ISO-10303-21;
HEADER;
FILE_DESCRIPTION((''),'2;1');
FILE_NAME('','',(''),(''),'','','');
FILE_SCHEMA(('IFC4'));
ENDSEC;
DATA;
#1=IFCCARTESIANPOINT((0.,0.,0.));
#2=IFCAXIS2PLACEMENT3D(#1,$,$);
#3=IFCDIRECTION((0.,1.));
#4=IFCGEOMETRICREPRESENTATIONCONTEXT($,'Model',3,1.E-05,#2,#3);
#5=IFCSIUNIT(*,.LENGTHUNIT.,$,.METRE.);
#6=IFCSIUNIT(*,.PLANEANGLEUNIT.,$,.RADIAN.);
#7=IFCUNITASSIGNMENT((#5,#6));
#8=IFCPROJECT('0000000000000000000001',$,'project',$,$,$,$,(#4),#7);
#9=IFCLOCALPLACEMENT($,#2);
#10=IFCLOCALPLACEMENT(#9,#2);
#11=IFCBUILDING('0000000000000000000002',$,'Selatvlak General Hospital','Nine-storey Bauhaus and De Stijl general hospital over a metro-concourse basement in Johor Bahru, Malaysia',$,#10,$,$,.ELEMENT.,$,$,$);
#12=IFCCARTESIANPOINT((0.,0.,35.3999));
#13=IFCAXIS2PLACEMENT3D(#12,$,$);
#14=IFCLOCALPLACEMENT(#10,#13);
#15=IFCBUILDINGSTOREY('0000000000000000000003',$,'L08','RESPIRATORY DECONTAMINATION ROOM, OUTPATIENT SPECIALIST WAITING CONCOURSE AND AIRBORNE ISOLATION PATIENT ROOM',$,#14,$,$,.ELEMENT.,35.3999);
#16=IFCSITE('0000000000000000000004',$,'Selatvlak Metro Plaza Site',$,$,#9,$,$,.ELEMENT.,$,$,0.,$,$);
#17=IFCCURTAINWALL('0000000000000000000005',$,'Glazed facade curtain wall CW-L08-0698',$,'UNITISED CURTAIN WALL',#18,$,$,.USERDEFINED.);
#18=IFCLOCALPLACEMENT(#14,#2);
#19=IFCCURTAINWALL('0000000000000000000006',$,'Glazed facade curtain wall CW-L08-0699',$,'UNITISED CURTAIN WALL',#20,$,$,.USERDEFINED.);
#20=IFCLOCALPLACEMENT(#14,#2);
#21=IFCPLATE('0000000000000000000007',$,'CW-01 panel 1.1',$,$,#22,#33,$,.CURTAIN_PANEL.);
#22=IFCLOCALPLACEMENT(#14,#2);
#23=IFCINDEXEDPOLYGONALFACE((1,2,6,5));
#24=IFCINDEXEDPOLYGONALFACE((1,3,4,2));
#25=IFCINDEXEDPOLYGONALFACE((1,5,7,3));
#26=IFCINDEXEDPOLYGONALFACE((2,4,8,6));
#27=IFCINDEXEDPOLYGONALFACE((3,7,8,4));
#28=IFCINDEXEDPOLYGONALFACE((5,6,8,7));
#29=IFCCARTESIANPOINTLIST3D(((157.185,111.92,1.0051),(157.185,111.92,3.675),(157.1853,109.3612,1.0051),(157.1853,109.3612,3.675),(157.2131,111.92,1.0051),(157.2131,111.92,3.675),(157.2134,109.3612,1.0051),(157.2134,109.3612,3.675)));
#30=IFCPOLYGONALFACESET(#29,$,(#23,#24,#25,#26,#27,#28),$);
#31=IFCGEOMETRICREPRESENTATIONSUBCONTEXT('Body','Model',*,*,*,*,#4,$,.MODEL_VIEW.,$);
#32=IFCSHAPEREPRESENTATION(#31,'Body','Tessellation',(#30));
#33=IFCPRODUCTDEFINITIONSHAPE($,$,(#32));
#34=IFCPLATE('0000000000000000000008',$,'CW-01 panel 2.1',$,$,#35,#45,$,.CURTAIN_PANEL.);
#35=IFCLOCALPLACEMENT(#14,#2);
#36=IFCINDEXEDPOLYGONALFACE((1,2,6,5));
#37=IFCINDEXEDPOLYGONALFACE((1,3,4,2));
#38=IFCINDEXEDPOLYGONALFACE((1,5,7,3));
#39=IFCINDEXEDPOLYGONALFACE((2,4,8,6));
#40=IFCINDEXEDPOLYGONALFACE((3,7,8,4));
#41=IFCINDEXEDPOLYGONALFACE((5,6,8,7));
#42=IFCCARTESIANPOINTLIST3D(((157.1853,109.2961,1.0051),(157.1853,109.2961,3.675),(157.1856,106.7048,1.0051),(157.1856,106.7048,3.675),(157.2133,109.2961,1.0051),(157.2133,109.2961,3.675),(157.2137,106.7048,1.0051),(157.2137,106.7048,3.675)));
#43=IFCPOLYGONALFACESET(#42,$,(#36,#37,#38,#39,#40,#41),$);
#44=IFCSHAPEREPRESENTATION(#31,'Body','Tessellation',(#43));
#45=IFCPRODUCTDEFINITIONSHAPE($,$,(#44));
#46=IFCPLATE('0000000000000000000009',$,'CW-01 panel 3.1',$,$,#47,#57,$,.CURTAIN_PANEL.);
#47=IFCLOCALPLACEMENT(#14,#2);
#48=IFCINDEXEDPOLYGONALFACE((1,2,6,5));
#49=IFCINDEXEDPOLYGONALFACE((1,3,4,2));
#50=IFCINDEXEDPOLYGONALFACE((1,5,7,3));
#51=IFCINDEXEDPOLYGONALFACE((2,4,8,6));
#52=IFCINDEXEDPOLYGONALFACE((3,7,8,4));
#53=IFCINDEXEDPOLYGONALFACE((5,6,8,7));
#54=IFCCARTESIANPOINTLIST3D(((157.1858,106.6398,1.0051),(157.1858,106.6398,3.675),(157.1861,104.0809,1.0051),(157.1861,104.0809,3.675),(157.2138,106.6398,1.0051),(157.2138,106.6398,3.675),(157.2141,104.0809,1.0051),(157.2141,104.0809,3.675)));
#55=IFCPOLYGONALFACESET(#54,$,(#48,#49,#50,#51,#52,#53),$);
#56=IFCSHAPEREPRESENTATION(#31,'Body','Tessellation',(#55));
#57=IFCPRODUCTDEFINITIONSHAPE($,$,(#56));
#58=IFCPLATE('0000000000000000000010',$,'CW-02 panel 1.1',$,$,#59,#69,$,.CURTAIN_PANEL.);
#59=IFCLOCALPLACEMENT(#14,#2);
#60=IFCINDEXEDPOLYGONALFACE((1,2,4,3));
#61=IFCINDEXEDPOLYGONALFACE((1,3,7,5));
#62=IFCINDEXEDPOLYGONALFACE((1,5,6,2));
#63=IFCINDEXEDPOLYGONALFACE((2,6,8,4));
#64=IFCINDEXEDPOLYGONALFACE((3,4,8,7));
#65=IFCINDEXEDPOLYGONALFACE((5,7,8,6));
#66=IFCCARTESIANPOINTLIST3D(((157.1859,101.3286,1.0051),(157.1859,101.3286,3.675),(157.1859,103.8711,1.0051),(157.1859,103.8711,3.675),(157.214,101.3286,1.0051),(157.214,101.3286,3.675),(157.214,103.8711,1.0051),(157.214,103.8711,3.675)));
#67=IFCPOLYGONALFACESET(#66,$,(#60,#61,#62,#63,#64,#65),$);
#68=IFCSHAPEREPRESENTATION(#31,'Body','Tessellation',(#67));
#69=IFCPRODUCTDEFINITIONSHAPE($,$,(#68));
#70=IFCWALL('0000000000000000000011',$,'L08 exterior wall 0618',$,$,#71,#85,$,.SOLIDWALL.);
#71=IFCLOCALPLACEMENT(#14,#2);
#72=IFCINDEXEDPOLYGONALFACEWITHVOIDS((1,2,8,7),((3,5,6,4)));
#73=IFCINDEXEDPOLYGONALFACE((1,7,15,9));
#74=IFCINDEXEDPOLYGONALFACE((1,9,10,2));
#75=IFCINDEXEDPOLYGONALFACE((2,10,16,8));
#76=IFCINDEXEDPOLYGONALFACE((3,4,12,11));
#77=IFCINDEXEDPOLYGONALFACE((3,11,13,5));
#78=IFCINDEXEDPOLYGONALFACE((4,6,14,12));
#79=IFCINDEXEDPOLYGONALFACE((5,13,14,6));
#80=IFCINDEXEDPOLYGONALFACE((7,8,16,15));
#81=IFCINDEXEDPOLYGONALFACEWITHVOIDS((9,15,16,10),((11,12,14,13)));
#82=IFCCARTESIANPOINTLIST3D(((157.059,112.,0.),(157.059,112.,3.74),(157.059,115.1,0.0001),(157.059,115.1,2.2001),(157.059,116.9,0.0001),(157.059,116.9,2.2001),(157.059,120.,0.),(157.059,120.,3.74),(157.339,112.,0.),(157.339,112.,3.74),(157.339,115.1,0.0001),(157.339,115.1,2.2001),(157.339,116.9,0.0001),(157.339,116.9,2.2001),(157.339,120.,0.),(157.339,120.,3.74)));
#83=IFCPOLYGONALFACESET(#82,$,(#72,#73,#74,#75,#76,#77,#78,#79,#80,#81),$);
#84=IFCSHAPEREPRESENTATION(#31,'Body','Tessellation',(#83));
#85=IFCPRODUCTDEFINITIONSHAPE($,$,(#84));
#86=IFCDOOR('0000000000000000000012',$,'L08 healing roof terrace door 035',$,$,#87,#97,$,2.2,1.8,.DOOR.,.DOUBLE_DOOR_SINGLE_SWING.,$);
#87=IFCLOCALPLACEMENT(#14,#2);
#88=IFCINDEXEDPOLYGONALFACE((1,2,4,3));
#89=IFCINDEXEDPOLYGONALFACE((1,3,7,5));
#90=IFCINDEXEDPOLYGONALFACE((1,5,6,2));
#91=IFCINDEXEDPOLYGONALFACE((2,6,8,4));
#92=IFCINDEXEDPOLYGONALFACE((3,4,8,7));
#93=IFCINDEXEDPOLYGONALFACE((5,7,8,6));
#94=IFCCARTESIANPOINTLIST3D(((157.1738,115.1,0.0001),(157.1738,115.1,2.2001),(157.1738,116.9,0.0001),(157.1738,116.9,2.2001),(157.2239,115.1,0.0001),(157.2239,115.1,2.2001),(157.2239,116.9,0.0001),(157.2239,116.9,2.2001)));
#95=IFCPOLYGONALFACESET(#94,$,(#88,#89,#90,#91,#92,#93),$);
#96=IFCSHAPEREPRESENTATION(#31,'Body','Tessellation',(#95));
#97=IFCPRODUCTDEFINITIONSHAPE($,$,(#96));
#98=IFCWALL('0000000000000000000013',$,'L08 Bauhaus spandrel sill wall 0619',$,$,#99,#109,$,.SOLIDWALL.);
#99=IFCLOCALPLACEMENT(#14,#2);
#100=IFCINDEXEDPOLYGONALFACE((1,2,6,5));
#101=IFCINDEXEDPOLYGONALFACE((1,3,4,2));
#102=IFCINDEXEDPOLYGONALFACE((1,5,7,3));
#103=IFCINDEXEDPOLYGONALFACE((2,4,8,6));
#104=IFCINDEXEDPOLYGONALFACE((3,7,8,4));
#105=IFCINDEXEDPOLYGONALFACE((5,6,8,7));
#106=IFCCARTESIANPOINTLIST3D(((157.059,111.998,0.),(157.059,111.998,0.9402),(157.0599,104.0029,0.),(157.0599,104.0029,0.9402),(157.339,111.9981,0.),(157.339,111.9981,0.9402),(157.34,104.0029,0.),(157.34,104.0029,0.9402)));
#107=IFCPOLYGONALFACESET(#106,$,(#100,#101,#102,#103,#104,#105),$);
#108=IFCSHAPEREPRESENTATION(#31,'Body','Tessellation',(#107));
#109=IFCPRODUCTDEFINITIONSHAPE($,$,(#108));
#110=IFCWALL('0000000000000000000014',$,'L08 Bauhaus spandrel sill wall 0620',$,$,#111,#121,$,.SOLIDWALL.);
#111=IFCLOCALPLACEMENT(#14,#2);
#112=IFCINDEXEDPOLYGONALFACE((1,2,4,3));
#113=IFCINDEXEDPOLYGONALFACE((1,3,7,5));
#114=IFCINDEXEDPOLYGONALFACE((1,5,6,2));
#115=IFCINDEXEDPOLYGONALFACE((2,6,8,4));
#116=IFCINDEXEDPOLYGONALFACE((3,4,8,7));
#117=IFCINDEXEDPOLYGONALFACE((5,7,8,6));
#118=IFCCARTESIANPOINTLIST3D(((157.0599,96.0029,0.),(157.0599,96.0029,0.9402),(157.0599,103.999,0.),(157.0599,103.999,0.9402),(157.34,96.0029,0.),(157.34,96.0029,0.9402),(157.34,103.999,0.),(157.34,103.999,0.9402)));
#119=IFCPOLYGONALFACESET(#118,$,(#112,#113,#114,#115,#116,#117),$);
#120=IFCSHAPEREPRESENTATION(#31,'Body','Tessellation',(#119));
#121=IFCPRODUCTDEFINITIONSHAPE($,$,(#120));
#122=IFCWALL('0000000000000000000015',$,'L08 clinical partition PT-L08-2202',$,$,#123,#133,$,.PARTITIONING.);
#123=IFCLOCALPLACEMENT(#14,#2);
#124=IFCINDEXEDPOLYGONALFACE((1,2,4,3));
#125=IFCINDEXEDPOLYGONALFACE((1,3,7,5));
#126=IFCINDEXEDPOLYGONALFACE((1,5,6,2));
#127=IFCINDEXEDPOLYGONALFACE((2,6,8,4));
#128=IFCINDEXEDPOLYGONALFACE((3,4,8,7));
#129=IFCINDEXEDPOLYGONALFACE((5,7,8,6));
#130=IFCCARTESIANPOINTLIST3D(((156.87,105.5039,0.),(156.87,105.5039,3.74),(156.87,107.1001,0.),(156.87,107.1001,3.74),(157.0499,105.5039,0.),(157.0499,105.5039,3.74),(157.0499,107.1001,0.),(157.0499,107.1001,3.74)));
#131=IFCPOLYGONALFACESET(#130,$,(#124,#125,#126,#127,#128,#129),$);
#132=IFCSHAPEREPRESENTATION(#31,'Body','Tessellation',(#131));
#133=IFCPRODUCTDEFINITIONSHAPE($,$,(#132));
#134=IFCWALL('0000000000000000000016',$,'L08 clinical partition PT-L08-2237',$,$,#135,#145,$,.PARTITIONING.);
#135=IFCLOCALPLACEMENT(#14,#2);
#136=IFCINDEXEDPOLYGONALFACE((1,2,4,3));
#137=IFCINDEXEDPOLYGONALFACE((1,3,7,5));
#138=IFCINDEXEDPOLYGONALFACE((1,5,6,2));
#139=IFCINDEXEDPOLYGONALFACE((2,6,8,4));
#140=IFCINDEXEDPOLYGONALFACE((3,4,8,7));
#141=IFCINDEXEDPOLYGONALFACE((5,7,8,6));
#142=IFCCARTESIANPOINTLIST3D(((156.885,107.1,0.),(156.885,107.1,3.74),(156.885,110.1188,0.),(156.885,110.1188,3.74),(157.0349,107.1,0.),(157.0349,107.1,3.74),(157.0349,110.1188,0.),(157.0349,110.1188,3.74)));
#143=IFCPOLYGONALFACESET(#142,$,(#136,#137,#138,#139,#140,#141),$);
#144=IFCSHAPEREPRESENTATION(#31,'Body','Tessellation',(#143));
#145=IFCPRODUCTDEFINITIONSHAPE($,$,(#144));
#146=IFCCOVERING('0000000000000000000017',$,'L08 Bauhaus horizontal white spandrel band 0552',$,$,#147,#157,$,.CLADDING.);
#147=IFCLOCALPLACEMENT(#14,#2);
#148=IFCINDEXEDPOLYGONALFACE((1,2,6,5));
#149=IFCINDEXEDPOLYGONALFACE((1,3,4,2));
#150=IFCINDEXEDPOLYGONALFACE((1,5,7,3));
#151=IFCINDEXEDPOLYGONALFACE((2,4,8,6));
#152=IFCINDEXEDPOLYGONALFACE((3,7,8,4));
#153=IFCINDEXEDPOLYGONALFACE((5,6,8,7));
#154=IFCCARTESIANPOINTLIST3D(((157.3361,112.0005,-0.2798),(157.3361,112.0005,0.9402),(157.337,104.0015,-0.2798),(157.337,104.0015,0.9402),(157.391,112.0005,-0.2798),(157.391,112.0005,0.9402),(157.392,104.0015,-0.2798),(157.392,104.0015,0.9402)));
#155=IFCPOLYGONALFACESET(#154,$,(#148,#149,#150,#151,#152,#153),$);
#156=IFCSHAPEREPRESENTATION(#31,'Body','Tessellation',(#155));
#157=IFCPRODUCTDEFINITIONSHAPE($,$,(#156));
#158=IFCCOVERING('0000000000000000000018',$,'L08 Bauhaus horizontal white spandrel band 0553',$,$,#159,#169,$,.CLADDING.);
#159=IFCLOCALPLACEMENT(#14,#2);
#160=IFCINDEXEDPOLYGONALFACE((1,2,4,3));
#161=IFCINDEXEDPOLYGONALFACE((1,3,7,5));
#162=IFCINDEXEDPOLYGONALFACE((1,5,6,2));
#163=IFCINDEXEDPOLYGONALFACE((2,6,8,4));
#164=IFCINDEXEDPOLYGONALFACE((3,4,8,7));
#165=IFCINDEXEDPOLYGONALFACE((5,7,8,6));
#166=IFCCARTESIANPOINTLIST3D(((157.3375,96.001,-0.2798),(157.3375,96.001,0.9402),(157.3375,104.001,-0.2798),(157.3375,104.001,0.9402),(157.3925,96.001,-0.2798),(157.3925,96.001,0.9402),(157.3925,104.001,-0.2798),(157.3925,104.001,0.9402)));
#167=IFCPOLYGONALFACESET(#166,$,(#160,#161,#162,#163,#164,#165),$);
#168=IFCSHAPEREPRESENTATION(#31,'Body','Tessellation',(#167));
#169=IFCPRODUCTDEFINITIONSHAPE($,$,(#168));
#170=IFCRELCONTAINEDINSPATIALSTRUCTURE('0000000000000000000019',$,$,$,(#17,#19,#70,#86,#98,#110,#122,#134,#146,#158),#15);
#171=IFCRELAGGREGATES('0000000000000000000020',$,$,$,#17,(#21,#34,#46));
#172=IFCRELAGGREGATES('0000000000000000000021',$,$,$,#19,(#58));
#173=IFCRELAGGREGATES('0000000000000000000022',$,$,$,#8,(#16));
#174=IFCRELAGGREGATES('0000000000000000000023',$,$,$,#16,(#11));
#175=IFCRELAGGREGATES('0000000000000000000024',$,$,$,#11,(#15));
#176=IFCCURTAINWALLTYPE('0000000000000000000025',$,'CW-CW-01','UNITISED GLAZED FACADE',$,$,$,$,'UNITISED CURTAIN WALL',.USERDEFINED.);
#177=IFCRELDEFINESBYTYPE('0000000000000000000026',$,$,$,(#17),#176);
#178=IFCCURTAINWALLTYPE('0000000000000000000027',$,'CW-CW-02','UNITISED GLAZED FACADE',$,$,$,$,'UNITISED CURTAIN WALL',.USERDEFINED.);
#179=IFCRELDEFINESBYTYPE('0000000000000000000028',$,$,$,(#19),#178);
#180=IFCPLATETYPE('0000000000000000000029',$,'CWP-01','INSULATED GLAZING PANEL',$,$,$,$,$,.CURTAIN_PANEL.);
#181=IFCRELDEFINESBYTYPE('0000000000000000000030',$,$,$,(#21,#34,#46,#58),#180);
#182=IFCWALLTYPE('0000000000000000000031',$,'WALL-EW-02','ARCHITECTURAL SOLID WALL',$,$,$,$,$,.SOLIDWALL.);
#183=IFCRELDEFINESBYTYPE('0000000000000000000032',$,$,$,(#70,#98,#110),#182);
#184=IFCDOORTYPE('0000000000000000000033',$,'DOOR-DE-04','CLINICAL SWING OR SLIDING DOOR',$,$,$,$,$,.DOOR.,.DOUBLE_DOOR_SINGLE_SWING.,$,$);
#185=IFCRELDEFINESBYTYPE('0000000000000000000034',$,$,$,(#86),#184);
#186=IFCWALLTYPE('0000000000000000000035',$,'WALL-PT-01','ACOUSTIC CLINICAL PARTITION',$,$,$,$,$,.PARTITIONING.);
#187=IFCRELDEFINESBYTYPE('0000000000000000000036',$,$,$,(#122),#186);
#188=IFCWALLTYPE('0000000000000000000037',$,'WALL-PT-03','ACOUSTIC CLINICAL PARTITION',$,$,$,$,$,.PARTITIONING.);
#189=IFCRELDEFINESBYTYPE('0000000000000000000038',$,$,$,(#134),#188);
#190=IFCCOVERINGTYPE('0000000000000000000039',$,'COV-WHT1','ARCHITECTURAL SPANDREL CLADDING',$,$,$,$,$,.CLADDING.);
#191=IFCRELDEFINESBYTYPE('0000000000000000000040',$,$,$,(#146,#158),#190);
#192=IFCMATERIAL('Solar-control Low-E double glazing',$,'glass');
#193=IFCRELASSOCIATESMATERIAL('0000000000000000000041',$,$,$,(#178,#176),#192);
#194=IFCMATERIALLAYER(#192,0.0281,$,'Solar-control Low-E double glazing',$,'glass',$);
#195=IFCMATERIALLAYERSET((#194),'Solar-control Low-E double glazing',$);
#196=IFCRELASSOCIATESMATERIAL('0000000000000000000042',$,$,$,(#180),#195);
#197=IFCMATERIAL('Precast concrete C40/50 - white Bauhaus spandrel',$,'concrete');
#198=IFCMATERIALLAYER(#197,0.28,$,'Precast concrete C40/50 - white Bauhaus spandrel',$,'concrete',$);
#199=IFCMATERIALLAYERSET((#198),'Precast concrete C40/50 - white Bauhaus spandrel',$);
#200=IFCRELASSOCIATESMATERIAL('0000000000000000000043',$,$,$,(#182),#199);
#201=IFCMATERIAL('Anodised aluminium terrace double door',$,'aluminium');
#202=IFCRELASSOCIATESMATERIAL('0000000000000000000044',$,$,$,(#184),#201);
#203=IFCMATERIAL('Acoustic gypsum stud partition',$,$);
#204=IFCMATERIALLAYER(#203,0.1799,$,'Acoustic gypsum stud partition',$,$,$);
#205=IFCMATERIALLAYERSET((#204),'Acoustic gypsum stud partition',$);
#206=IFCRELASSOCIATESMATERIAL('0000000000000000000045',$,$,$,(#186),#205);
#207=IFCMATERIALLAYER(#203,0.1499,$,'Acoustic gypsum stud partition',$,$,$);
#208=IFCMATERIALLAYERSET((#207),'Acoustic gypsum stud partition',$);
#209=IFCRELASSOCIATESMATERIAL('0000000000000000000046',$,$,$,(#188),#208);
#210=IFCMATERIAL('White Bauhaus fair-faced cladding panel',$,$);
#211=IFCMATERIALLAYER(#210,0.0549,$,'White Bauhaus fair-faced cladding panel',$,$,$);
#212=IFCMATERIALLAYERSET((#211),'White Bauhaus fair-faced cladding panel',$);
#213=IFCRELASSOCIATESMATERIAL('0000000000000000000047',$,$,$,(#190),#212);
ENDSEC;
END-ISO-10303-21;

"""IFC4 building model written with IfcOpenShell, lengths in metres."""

from ifc_helpers import new_model, si_unit, direction, frame, frame_2d, origin, origin_2d, place, context, subcontext, project, spatial, rectangle, extrude, material, layer, layer_set, type_object, element, fill, aggregate, save


model = new_model("IFC4")

# Units and contexts
model_context = context("Model", 3, precision=1e-05, world=origin(), true_north=direction((0.0, 1.0)))
body_context = subcontext(model_context, "Body", "Model", "MODEL_VIEW")
ifc_project = project(units=[si_unit("LENGTHUNIT", "METRE"), si_unit("PLANEANGLEUNIT", "RADIAN")], contexts=[model_context])

# Site, building, storey
site_placement = place(None, origin())
site = spatial("IfcSite", under=ifc_project, at=site_placement, Name="Selatvlak Metro Plaza Site", CompositionType="ELEMENT", RefElevation=0.0)
building_placement = place(site_placement, origin())
building = spatial("IfcBuilding", under=site, at=building_placement, Name="Selatvlak General Hospital", Description="Nine-storey Bauhaus and De Stijl general hospital over a metro-concourse basement in Johor Bahru, Malaysia", CompositionType="ELEMENT")
storey_placement = place(building_placement, frame((0.0, 0.0, 35.3999)))
storey = spatial("IfcBuildingStorey", under=building, at=storey_placement, Name="L08", Description="RESPIRATORY DECONTAMINATION ROOM, OUTPATIENT SPECIALIST WAITING CONCOURSE AND AIRBORNE ISOLATION PATIENT ROOM", CompositionType="ELEMENT", Elevation=35.3999)

# Shared definitions
ifc_material_1 = material(Name="Solar-control Low-E double glazing", Category="glass")
curtain_wall_type_1 = type_object("IfcCurtainWallType", Name="CW-CW-02", Description="UNITISED GLAZED FACADE", ElementType="UNITISED CURTAIN WALL", PredefinedType="USERDEFINED", material=ifc_material_1)

# Curtain walls
curtain_wall_type_2 = type_object("IfcCurtainWallType", Name="CW-CW-01", Description="UNITISED GLAZED FACADE", ElementType="UNITISED CURTAIN WALL", PredefinedType="USERDEFINED", material=ifc_material_1)
curtain_wall_1_placement = place(storey_placement, origin())
curtain_wall_1 = element("IfcCurtainWall", 1, at=curtain_wall_1_placement, inside=storey, type_object=curtain_wall_type_2, Name="Glazed facade curtain wall CW-L08-0698", ObjectType="UNITISED CURTAIN WALL", PredefinedType="USERDEFINED")
curtain_wall_2_placement = place(storey_placement, origin())
curtain_wall_2 = element("IfcCurtainWall", 2, at=curtain_wall_2_placement, inside=storey, type_object=curtain_wall_type_1, Name="Glazed facade curtain wall CW-L08-0699", ObjectType="UNITISED CURTAIN WALL", PredefinedType="USERDEFINED")

# Plates
ifc_layer_1 = layer(ifc_material_1, 0.0281, Name="Solar-control Low-E double glazing", Category="glass")
ifc_layer_set_1 = layer_set([ifc_layer_1], Name="Solar-control Low-E double glazing")
plate_type = type_object("IfcPlateType", Name="CWP-01", Description="INSULATED GLAZING PANEL", PredefinedType="CURTAIN_PANEL", material=ifc_layer_set_1)
plate_1_placement = place(storey_placement, frame((157.1992, 110.6406, 1.0051), z_axis=(0.0, 0.0, 1.0), x_axis=(0.000125, -1.0, 0.0)))
plate_1 = element("IfcPlate", 3, at=plate_1_placement, type_object=plate_type, Name="CW-01 panel 1.1", PredefinedType="CURTAIN_PANEL", context=body_context, shape_type="SweptSolid", body=[
    extrude(rectangle(XDim=2.5588, YDim=0.0281, at=origin_2d()), origin(), (0.0, 0.0, 1.0), 2.6699),
])
plate_2_placement = place(storey_placement, frame((157.1995, 108.0005, 1.0051), z_axis=(0.0, 0.0, 1.0), x_axis=(0.000125, -1.0, 0.0)))
plate_2 = element("IfcPlate", 4, at=plate_2_placement, type_object=plate_type, Name="CW-01 panel 2.1", PredefinedType="CURTAIN_PANEL", context=body_context, shape_type="SweptSolid", body=[
    extrude(rectangle(XDim=2.5913, YDim=0.0281, at=origin_2d()), origin(), (0.0, 0.0, 1.0), 2.6699),
])
plate_3_placement = place(storey_placement, frame((157.2, 105.3604, 1.0051), z_axis=(0.0, 0.0, 1.0), x_axis=(0.000125, -1.0, 0.0)))
plate_3 = element("IfcPlate", 5, at=plate_3_placement, type_object=plate_type, Name="CW-01 panel 3.1", PredefinedType="CURTAIN_PANEL", context=body_context, shape_type="SweptSolid", body=[
    extrude(rectangle(XDim=2.5588, YDim=0.0281, at=origin_2d()), origin(), (0.0, 0.0, 1.0), 2.6699),
])
aggregate(curtain_wall_1, [plate_1, plate_2, plate_3])
plate_4_placement = place(storey_placement, frame((157.2, 102.5999, 1.0051), z_axis=(0.0, 0.0, 1.0), x_axis=(0.0, -1.0, 0.0)))
plate_4 = element("IfcPlate", 6, at=plate_4_placement, type_object=plate_type, Name="CW-02 panel 1.1", PredefinedType="CURTAIN_PANEL", context=body_context, shape_type="SweptSolid", body=[
    extrude(rectangle(XDim=2.5425, YDim=0.0281, at=origin_2d()), origin(), (0.0, 0.0, 1.0), 2.6699),
])
aggregate(curtain_wall_2, [plate_4])

# Wall, opening, door
ifc_material_2 = material(Name="Precast concrete C40/50 - white Bauhaus spandrel", Category="concrete")
ifc_layer_2 = layer(ifc_material_2, 0.28, Name="Precast concrete C40/50 - white Bauhaus spandrel", Category="concrete")
ifc_layer_set_2 = layer_set([ifc_layer_2], Name="Precast concrete C40/50 - white Bauhaus spandrel")
wall_type_1 = type_object("IfcWallType", Name="WALL-EW-02", Description="ARCHITECTURAL SOLID WALL", PredefinedType="SOLIDWALL", material=ifc_layer_set_2)
wall_1_placement = place(storey_placement, frame((157.199, 120.0, 0.0), z_axis=(0.0, 0.0, 1.0), x_axis=(0.0, -1.0, 0.0)))
wall_1 = element("IfcWall", 7, at=wall_1_placement, inside=storey, type_object=wall_type_1, Name="L08 exterior wall 0618", PredefinedType="SOLIDWALL", context=body_context, shape_type="SweptSolid", body=[
    extrude(rectangle(XDim=8.0, YDim=0.28, at=frame_2d((4.0, 0.0))), origin(), (0.0, 0.0, 1.0), 3.74),
])
opening_placement = place(wall_1_placement, frame((3.1001, 0.0, 0.0)))
opening = element("IfcOpeningElement", 8, at=opening_placement, cuts=wall_1, PredefinedType="OPENING", context=body_context, shape_type="SweptSolid", body=[
    extrude(rectangle(XDim=1.8, YDim=2.2, at=frame_2d((0.8999, 1.1001))), frame((0.0, 0.1499, 0.0), z_axis=(0.0, -1.0, 0.0), x_axis=(1.0, 0.0, 0.0)), (0.0, 0.0, 1.0), 0.3),
])
ifc_material_3 = material(Name="Anodised aluminium terrace double door", Category="aluminium")
door_type = type_object("IfcDoorType", Name="DOOR-DE-04", Description="CLINICAL SWING OR SLIDING DOOR", OperationType="DOUBLE_DOOR_SINGLE_SWING", PredefinedType="DOOR", material=ifc_material_3)
door_placement = place(opening_placement, origin())
door = element("IfcDoor", 9, at=door_placement, inside=storey, type_object=door_type, Name="L08 healing roof terrace door 035", OperationType="DOUBLE_DOOR_SINGLE_SWING", OverallHeight=2.2, OverallWidth=1.8, PredefinedType="DOOR", context=body_context, shape_type="SweptSolid", body=[
    extrude(rectangle(XDim=1.8, YDim=2.2, at=frame_2d((0.8999, 1.1001))), frame((0.0, 0.0249, 0.0), z_axis=(0.0, -1.0, 0.0), x_axis=(1.0, 0.0, 0.0)), (0.0, 0.0, 1.0), 0.05),
])
fill(opening, door)

# Walls
wall_2_placement = place(storey_placement, frame((157.199, 111.998, 0.0), z_axis=(0.0, 0.0, 1.0), x_axis=(0.000122, -1.0, 0.0)))
element("IfcWall", 10, at=wall_2_placement, inside=storey, type_object=wall_type_1, Name="L08 Bauhaus spandrel sill wall 0619", PredefinedType="SOLIDWALL", context=body_context, shape_type="SweptSolid", body=[
    extrude(rectangle(XDim=7.9951, YDim=0.28, at=frame_2d((3.9976, 0.0))), origin(), (0.0, 0.0, 1.0), 0.9402),
])
wall_3_placement = place(storey_placement, frame((157.2, 103.999, 0.0), z_axis=(0.0, 0.0, 1.0), x_axis=(0.0, -1.0, 0.0)))
element("IfcWall", 11, at=wall_3_placement, inside=storey, type_object=wall_type_1, Name="L08 Bauhaus spandrel sill wall 0620", PredefinedType="SOLIDWALL", context=body_context, shape_type="SweptSolid", body=[
    extrude(rectangle(XDim=7.9961, YDim=0.28, at=frame_2d((3.998, 0.0))), origin(), (0.0, 0.0, 1.0), 0.9402),
])
ifc_material_4 = material(Name="Acoustic gypsum stud partition")
ifc_layer_3 = layer(ifc_material_4, 0.1799, Name="Acoustic gypsum stud partition")
ifc_layer_set_3 = layer_set([ifc_layer_3], Name="Acoustic gypsum stud partition")
wall_type_2 = type_object("IfcWallType", Name="WALL-PT-01", Description="ACOUSTIC CLINICAL PARTITION", PredefinedType="PARTITIONING", material=ifc_layer_set_3)
wall_4_placement = place(storey_placement, frame((156.96, 105.5039, 0.0), z_axis=(0.0, 0.0, 1.0), x_axis=(0.0, 1.0, 0.0)))
element("IfcWall", 12, at=wall_4_placement, inside=storey, type_object=wall_type_2, Name="L08 clinical partition PT-L08-2202", PredefinedType="PARTITIONING", context=body_context, shape_type="SweptSolid", body=[
    extrude(rectangle(XDim=1.5962, YDim=0.1799, at=frame_2d((0.7981, 0.0))), origin(), (0.0, 0.0, 1.0), 3.74),
])
ifc_layer_4 = layer(ifc_material_4, 0.1499, Name="Acoustic gypsum stud partition")
ifc_layer_set_4 = layer_set([ifc_layer_4], Name="Acoustic gypsum stud partition")
wall_type_3 = type_object("IfcWallType", Name="WALL-PT-03", Description="ACOUSTIC CLINICAL PARTITION", PredefinedType="PARTITIONING", material=ifc_layer_set_4)
wall_5_placement = place(storey_placement, frame((156.96, 107.1001, 0.0), z_axis=(0.0, 0.0, 1.0), x_axis=(0.0, 1.0, 0.0)))
element("IfcWall", 13, at=wall_5_placement, inside=storey, type_object=wall_type_3, Name="L08 clinical partition PT-L08-2237", PredefinedType="PARTITIONING", context=body_context, shape_type="SweptSolid", body=[
    extrude(rectangle(XDim=3.0188, YDim=0.1499, at=frame_2d((1.5093, 0.0))), origin(), (0.0, 0.0, 1.0), 3.74),
])

# Coverings
ifc_material_5 = material(Name="White Bauhaus fair-faced cladding panel")
ifc_layer_5 = layer(ifc_material_5, 0.0549, Name="White Bauhaus fair-faced cladding panel")
ifc_layer_set_5 = layer_set([ifc_layer_5], Name="White Bauhaus fair-faced cladding panel")
covering_type = type_object("IfcCoveringType", Name="COV-WHT1", Description="ARCHITECTURAL SPANDREL CLADDING", PredefinedType="CLADDING", material=ifc_layer_set_5)
covering_1_placement = place(storey_placement, frame((157.364, 108.001, -0.2798), z_axis=(0.0, 0.0, 1.0), x_axis=(0.000122, -1.0, 0.0)))
element("IfcCovering", 14, at=covering_1_placement, inside=storey, type_object=covering_type, Name="L08 Bauhaus horizontal white spandrel band 0552", PredefinedType="CLADDING", context=body_context, shape_type="SweptSolid", body=[
    extrude(rectangle(XDim=7.999, YDim=0.0549, at=origin_2d()), origin(), (0.0, 0.0, 1.0), 1.22),
])
covering_2_placement = place(storey_placement, frame((157.365, 100.001, -0.2798), z_axis=(0.0, 0.0, 1.0), x_axis=(0.0, -1.0, 0.0)))
element("IfcCovering", 15, at=covering_2_placement, inside=storey, type_object=covering_type, Name="L08 Bauhaus horizontal white spandrel band 0553", PredefinedType="CLADDING", context=body_context, shape_type="SweptSolid", body=[
    extrude(rectangle(XDim=8.0, YDim=0.0549, at=origin_2d()), origin(), (0.0, 0.0, 1.0), 1.22),
])

save(model, "model.ifc")
